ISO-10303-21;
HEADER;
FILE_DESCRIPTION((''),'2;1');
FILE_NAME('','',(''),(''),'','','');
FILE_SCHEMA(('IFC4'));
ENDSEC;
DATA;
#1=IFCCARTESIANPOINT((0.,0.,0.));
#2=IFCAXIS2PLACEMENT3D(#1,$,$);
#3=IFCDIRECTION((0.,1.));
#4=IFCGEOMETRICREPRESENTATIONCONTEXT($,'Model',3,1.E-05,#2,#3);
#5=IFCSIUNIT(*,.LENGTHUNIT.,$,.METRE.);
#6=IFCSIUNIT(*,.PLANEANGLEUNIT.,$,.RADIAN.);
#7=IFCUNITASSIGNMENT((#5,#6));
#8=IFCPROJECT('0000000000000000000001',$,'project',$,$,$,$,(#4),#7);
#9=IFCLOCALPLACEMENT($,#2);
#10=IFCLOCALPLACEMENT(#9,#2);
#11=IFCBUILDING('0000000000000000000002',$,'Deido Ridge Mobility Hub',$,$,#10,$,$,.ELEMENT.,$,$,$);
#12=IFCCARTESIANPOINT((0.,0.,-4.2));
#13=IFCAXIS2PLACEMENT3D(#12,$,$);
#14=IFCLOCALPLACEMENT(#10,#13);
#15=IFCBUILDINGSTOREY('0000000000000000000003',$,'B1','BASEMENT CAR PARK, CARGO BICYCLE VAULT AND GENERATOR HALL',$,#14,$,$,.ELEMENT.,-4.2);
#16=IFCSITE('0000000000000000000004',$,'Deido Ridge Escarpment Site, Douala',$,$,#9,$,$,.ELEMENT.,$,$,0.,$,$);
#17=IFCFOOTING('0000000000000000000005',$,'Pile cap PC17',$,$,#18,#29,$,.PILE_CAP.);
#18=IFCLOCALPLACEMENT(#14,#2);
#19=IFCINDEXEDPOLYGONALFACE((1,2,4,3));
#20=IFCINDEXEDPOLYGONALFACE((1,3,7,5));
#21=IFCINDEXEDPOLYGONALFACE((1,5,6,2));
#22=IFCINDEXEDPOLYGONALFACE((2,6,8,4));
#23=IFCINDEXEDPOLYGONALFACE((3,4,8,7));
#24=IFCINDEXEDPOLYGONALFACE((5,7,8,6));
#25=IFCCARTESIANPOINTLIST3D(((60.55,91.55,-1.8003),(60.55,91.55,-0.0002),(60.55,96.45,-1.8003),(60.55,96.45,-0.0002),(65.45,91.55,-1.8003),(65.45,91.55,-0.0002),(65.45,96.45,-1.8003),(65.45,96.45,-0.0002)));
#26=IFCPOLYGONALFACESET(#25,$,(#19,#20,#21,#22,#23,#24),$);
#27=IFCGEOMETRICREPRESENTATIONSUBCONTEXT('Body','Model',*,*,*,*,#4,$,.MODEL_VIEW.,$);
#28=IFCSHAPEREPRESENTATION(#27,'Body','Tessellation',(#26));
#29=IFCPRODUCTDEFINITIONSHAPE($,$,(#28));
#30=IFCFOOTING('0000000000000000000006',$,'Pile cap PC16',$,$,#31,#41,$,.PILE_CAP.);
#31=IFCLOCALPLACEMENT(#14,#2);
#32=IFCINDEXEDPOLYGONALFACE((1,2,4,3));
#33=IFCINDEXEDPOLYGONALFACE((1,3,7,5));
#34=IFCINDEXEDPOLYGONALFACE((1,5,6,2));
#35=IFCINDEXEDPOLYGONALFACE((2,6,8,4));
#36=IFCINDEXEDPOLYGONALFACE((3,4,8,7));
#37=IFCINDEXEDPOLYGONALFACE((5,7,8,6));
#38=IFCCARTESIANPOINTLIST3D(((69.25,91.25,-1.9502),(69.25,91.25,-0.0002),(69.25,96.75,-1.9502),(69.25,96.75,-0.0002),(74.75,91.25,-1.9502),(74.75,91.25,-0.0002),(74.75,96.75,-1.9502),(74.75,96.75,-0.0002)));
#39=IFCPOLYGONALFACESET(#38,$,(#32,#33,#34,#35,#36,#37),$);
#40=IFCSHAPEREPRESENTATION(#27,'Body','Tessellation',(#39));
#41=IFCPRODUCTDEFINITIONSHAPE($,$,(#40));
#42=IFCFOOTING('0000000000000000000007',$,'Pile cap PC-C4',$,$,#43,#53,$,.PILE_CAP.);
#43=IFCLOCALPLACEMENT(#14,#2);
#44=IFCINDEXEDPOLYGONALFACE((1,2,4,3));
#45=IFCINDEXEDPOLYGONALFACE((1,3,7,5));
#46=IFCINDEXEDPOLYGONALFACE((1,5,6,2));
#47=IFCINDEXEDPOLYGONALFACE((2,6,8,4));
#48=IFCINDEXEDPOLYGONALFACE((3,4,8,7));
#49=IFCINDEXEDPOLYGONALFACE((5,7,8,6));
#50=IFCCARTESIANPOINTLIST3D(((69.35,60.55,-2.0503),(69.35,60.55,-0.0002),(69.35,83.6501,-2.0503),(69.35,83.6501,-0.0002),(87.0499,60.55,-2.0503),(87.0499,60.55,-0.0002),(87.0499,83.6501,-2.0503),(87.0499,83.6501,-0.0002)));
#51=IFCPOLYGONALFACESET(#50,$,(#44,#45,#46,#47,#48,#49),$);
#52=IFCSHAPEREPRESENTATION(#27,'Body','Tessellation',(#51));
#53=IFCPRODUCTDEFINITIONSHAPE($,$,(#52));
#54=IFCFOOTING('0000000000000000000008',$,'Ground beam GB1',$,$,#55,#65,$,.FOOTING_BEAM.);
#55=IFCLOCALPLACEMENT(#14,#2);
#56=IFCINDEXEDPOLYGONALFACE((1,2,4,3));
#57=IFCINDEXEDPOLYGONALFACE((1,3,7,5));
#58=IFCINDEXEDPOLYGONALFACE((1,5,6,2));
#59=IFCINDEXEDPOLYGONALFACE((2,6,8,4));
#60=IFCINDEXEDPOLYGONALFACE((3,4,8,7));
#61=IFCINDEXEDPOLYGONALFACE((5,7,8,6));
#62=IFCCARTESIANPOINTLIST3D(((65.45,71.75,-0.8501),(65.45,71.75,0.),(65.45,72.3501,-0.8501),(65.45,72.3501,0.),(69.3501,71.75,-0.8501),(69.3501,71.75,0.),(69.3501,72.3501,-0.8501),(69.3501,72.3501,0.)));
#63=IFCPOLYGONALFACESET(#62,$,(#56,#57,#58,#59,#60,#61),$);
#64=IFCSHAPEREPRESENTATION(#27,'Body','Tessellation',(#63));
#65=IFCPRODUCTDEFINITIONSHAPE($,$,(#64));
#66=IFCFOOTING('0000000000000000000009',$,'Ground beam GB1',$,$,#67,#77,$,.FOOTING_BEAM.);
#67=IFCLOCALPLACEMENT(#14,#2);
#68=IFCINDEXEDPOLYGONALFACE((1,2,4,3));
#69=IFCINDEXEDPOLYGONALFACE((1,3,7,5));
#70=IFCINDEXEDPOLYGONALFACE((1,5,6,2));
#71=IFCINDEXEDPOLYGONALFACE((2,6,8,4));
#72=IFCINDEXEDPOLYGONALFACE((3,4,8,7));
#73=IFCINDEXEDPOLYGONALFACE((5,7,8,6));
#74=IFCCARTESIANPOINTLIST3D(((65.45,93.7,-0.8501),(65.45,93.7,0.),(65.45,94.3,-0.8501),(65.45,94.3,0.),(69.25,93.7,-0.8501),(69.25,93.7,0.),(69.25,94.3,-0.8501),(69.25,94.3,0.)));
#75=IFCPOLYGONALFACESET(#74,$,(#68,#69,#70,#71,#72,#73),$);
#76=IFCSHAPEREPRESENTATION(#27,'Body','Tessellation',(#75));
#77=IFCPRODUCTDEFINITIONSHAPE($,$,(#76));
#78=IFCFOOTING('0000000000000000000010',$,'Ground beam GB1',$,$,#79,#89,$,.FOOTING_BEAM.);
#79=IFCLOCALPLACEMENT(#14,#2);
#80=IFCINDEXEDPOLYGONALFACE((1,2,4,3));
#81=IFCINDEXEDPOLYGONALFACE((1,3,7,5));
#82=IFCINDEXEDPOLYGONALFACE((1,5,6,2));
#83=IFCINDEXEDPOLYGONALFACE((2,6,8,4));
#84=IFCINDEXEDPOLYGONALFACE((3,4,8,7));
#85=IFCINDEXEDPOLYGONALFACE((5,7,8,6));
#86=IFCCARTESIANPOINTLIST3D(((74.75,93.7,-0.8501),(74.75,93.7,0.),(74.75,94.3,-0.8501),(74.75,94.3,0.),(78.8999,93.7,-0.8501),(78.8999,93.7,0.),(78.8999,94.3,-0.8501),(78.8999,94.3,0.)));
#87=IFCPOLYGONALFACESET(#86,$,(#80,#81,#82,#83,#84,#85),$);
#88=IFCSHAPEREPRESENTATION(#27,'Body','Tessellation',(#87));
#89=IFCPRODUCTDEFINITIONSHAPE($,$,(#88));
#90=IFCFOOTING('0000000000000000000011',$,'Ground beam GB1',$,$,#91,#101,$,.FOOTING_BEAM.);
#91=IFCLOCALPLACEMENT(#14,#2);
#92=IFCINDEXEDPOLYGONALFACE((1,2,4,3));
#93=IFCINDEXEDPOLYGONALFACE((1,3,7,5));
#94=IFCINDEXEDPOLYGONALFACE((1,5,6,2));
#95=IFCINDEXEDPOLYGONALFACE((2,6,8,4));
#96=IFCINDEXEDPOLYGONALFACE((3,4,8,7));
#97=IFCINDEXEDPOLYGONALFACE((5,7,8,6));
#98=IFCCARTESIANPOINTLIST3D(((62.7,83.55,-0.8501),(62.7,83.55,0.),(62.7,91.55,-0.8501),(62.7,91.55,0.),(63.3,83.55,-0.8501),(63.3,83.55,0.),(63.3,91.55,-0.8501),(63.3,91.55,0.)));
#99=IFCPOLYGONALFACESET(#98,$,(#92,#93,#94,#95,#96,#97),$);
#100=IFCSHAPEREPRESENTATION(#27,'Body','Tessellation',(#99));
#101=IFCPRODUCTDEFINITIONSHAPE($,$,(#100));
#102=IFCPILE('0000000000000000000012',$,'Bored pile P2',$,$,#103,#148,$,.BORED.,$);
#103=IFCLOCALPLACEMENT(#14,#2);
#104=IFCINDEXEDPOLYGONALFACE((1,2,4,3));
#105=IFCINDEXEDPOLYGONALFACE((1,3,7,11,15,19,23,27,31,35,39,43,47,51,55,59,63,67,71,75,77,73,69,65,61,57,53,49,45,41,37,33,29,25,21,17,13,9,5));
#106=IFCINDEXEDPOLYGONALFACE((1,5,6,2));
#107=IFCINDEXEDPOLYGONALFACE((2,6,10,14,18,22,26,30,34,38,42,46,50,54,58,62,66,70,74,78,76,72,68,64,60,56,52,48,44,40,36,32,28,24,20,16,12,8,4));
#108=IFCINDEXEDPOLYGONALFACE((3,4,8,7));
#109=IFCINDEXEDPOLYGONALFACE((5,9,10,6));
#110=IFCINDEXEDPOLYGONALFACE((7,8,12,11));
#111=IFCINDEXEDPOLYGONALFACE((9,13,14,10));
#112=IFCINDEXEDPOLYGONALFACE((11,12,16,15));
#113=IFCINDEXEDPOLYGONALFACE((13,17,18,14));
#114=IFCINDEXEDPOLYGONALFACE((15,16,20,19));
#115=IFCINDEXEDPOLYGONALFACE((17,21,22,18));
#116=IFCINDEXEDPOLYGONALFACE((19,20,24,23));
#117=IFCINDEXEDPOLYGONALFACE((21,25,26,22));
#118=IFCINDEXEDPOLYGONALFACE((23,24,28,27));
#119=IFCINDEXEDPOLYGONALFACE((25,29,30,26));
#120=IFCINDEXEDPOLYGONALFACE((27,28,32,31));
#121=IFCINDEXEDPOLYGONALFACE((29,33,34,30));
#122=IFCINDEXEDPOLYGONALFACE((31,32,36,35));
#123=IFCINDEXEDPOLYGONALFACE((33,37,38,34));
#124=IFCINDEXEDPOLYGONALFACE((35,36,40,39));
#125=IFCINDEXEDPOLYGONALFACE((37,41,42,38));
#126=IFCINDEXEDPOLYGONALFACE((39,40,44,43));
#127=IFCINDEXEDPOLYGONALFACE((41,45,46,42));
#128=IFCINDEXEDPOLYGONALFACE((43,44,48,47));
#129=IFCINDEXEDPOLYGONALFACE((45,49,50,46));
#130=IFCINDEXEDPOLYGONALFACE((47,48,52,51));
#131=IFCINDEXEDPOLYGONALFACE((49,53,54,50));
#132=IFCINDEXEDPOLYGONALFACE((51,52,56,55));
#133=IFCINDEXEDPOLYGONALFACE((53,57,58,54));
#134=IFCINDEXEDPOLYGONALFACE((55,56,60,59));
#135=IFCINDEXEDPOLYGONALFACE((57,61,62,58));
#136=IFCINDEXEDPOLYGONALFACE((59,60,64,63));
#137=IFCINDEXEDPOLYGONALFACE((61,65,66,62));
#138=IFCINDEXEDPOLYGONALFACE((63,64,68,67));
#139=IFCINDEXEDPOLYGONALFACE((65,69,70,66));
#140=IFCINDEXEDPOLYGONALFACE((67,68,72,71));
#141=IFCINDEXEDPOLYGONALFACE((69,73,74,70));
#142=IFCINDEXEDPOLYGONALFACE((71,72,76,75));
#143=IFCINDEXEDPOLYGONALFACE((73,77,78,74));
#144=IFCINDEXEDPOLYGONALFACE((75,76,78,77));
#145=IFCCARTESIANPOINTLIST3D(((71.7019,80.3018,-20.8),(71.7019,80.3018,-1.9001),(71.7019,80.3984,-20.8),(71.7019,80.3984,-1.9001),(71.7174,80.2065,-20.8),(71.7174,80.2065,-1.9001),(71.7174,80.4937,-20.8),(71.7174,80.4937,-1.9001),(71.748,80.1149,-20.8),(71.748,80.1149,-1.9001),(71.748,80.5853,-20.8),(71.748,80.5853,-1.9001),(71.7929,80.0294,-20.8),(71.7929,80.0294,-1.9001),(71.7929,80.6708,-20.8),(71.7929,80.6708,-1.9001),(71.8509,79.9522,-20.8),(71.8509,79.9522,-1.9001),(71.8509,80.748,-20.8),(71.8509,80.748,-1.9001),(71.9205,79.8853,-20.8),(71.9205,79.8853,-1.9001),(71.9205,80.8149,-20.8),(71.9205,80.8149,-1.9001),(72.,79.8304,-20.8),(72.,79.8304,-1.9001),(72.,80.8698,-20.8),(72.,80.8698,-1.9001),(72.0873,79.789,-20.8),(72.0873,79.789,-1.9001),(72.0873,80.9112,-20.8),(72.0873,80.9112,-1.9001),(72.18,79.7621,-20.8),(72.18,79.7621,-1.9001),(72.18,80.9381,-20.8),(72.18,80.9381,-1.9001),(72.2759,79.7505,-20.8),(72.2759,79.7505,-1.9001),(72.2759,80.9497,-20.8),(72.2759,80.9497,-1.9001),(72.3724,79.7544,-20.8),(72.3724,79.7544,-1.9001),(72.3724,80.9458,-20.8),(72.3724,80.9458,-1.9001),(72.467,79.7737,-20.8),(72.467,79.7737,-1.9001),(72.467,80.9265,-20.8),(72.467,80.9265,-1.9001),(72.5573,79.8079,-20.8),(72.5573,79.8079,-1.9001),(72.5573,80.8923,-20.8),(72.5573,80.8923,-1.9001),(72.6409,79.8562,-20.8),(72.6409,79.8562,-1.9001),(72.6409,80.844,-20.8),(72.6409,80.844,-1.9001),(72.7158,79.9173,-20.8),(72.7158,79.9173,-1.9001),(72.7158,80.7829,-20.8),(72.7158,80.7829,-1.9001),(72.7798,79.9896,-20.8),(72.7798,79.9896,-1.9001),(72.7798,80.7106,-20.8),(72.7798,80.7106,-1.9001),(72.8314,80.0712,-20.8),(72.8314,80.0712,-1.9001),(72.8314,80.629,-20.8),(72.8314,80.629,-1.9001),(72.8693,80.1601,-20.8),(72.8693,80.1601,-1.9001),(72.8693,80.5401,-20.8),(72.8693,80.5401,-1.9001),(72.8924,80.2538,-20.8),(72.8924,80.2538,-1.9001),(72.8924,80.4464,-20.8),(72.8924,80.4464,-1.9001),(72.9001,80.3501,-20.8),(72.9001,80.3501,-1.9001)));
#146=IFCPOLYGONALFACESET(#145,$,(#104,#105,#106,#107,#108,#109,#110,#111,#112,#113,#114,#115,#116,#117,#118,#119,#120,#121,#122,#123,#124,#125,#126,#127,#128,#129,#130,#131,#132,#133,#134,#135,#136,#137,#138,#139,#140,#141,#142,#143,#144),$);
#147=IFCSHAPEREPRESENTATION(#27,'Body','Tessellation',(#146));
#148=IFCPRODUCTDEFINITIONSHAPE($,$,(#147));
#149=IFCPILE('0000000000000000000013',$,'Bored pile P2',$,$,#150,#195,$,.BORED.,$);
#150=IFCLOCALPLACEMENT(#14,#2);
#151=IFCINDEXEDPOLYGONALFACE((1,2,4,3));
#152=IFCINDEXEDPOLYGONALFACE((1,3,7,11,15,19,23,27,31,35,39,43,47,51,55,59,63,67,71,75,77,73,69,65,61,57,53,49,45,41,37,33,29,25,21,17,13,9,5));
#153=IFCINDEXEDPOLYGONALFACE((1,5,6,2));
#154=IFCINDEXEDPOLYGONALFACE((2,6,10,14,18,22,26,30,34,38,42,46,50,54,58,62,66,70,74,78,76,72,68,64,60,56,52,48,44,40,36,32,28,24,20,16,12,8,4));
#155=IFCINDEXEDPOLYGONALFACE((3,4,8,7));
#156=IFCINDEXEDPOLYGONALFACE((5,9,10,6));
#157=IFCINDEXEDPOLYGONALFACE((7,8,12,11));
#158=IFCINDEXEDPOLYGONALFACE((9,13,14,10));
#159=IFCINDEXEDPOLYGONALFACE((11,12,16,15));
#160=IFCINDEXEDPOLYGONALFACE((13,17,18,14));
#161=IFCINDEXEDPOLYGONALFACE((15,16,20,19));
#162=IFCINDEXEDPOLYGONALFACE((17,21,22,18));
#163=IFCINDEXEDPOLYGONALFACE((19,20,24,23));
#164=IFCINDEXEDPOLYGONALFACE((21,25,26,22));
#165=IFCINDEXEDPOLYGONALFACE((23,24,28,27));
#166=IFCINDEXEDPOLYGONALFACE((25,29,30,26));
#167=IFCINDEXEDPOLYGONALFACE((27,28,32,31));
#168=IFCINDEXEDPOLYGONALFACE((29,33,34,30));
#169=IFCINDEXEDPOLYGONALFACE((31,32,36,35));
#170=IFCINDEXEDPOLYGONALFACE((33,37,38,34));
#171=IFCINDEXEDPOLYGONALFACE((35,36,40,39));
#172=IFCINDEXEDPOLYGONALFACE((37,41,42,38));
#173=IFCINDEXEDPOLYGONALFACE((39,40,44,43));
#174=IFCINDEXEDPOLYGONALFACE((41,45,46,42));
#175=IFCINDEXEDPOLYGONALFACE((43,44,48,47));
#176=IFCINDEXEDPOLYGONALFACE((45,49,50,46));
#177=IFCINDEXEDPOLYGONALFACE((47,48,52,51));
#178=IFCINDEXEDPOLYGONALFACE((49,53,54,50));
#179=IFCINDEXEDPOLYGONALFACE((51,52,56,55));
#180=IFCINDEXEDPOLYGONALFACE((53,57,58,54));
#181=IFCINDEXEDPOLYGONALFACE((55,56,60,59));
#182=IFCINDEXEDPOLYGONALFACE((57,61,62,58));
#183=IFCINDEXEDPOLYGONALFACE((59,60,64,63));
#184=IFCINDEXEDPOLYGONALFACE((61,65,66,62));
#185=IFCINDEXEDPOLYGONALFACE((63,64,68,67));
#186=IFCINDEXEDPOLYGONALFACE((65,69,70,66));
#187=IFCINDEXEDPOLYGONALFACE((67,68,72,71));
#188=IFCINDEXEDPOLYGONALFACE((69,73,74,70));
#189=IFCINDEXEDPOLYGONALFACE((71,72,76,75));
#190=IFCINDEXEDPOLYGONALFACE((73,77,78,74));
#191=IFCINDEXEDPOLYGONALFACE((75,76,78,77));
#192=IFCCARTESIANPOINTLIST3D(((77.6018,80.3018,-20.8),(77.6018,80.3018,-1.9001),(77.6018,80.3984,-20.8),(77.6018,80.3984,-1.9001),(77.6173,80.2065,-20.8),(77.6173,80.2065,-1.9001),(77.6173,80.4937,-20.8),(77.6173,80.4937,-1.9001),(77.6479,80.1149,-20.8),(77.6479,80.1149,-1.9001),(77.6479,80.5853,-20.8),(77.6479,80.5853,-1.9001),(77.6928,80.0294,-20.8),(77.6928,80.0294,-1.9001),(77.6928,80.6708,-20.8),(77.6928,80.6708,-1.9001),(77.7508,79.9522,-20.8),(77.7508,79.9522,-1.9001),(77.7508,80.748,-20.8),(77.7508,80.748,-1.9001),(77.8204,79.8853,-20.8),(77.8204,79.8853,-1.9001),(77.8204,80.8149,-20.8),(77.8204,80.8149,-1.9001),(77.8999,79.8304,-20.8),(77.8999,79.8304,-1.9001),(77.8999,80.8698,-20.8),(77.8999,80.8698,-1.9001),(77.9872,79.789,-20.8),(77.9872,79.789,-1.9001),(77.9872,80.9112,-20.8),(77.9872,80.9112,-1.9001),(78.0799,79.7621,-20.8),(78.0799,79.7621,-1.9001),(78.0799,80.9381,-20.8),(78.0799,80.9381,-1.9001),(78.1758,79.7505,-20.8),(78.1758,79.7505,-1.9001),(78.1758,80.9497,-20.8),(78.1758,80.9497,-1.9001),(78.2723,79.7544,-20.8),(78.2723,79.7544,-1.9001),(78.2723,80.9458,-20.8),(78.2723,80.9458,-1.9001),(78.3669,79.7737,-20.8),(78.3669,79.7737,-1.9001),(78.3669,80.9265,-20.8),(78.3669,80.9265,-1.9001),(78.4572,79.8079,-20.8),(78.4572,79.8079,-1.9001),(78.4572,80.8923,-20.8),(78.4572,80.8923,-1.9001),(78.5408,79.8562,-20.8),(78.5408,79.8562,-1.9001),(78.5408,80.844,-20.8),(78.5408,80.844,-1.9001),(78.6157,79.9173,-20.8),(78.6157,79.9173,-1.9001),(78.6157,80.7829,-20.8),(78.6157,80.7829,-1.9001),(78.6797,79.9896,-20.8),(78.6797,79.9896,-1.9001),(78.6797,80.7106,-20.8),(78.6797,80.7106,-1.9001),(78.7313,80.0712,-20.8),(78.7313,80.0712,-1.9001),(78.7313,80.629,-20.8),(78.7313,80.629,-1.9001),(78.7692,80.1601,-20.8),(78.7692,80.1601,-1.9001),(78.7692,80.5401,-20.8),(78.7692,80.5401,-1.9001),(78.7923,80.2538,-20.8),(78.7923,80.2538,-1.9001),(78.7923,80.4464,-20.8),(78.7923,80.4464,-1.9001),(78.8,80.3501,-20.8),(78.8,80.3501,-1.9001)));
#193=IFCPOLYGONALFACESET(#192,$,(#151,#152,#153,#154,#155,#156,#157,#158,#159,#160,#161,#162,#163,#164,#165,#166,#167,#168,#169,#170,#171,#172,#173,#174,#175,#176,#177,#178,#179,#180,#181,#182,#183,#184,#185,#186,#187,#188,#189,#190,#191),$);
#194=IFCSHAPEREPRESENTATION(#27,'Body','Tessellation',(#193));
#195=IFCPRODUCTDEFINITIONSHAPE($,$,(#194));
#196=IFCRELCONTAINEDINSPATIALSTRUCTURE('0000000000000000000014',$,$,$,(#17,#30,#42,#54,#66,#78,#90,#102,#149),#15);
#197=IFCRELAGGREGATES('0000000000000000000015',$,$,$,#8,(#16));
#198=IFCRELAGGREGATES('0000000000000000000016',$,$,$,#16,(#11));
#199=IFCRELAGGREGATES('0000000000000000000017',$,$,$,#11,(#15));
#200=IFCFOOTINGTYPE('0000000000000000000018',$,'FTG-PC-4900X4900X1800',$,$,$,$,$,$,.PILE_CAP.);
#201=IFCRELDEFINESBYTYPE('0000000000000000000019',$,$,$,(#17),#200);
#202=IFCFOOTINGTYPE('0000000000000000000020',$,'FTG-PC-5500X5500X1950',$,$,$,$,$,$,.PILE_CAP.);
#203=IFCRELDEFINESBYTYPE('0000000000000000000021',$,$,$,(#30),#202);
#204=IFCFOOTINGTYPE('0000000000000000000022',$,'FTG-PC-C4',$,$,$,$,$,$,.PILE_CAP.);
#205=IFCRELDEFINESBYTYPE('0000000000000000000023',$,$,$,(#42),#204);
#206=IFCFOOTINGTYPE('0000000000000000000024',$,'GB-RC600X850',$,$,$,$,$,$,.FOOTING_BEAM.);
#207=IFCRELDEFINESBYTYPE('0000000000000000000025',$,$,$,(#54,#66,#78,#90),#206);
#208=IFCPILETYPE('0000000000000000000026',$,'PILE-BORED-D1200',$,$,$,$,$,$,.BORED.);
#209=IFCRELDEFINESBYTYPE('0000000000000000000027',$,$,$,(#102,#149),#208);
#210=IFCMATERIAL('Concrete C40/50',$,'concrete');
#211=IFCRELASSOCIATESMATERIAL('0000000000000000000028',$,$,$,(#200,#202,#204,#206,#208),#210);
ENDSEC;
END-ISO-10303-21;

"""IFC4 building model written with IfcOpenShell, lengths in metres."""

from ifc_helpers import new_model, si_unit, direction, frame, origin, origin_2d, place, context, subcontext, project, spatial, rectangle, circle, extrude, material, material_profile, profile_set, type_object, element, save


model = new_model("IFC4")

# Units and contexts
model_context = context("Model", 3, precision=1e-05, world=origin(), true_north=direction((0.0, 1.0)))
body_context = subcontext(model_context, "Body", "Model", "MODEL_VIEW")
ifc_project = project(units=[si_unit("LENGTHUNIT", "METRE"), si_unit("PLANEANGLEUNIT", "RADIAN")], contexts=[model_context])

# Site, building, storey
site_placement = place(None, origin())
site = spatial("IfcSite", under=ifc_project, at=site_placement, Name="Deido Ridge Escarpment Site, Douala", CompositionType="ELEMENT", RefElevation=0.0)
building_placement = place(site_placement, origin())
building = spatial("IfcBuilding", under=site, at=building_placement, Name="Deido Ridge Mobility Hub", CompositionType="ELEMENT")
storey_placement = place(building_placement, frame((0.0, 0.0, -4.2)))
storey = spatial("IfcBuildingStorey", under=building, at=storey_placement, Name="B1", Description="BASEMENT CAR PARK, CARGO BICYCLE VAULT AND GENERATOR HALL", CompositionType="ELEMENT", Elevation=-4.2)

# Footings
ifc_material_1 = material(Name="Concrete C40/50", Category="concrete")
footing_type_1 = type_object("IfcFootingType", Name="FTG-PC-4900X4900X1800", PredefinedType="PILE_CAP", material=ifc_material_1)
footing_1_placement = place(storey_placement, frame((63.0, 94.0, -1.8003), z_axis=(0.0, 0.0, 1.0), x_axis=(1.0, 0.0, 0.0)))
element("IfcFooting", 1, at=footing_1_placement, inside=storey, type_object=footing_type_1, Name="Pile cap PC17", PredefinedType="PILE_CAP", context=body_context, shape_type="SweptSolid", body=[
    extrude(rectangle(XDim=4.8999, YDim=4.8999, at=origin_2d()), origin(), (0.0, 0.0, 1.0), 1.8),
])
footing_type_2 = type_object("IfcFootingType", Name="FTG-PC-5500X5500X1950", PredefinedType="PILE_CAP", material=ifc_material_1)
footing_2_placement = place(storey_placement, frame((72.0, 94.0, -1.9502), z_axis=(0.0, 0.0, 1.0), x_axis=(1.0, 0.0, 0.0)))
element("IfcFooting", 2, at=footing_2_placement, inside=storey, type_object=footing_type_2, Name="Pile cap PC16", PredefinedType="PILE_CAP", context=body_context, shape_type="SweptSolid", body=[
    extrude(rectangle(XDim=5.5, YDim=5.5, at=origin_2d()), origin(), (0.0, 0.0, 1.0), 1.95),
])
footing_type_3 = type_object("IfcFootingType", Name="FTG-PC-C4", PredefinedType="PILE_CAP", material=ifc_material_1)
footing_3_placement = place(storey_placement, frame((78.2, 72.1001, -2.0503), z_axis=(0.0, 0.0, 1.0), x_axis=(1.0, 0.0, 0.0)))
element("IfcFooting", 3, at=footing_3_placement, inside=storey, type_object=footing_type_3, Name="Pile cap PC-C4", PredefinedType="PILE_CAP", context=body_context, shape_type="SweptSolid", body=[
    extrude(rectangle(XDim=17.7, YDim=23.1001, at=origin_2d()), origin(), (0.0, 0.0, 1.0), 2.05),
])
ifc_material_profile_1 = material_profile(ifc_material_1, rectangle(XDim=0.6001, YDim=0.8501, at=origin_2d()), Name="RC GB 600x850")
ifc_profile_set_1 = profile_set([ifc_material_profile_1], Name="Concrete C40/50")
footing_type_4 = type_object("IfcFootingType", Name="GB-RC600X850", PredefinedType="FOOTING_BEAM", material=ifc_profile_set_1)
footing_4_placement = place(storey_placement, frame((65.45, 72.05, -0.425), z_axis=(1.0, 0.0, 0.0), x_axis=(0.0, 1.0, 0.0)))
element("IfcFooting", 4, at=footing_4_placement, inside=storey, type_object=footing_type_4, Name="Ground beam GB1", PredefinedType="FOOTING_BEAM", context=body_context, shape_type="SweptSolid", body=[
    extrude(rectangle(XDim=0.6001, YDim=0.8501, at=origin_2d()), origin(), (0.0, 0.0, 1.0), 3.9001),
])
footing_5_placement = place(storey_placement, frame((65.45, 94.0, -0.425), z_axis=(1.0, 0.0, 0.0), x_axis=(0.0, 1.0, 0.0)))
element("IfcFooting", 5, at=footing_5_placement, inside=storey, type_object=footing_type_4, Name="Ground beam GB1", PredefinedType="FOOTING_BEAM", context=body_context, shape_type="SweptSolid", body=[
    extrude(rectangle(XDim=0.6001, YDim=0.8501, at=origin_2d()), origin(), (0.0, 0.0, 1.0), 3.8),
])
footing_6_placement = place(storey_placement, frame((74.75, 94.0, -0.425), z_axis=(1.0, 0.0, 0.0), x_axis=(0.0, 1.0, 0.0)))
element("IfcFooting", 6, at=footing_6_placement, inside=storey, type_object=footing_type_4, Name="Ground beam GB1", PredefinedType="FOOTING_BEAM", context=body_context, shape_type="SweptSolid", body=[
    extrude(rectangle(XDim=0.6001, YDim=0.8501, at=origin_2d()), origin(), (0.0, 0.0, 1.0), 4.1499),
])
footing_7_placement = place(storey_placement, frame((63.0, 83.55, -0.425), z_axis=(0.0, 1.0, 0.0), x_axis=(-1.0, 0.0, 0.0)))
element("IfcFooting", 7, at=footing_7_placement, inside=storey, type_object=footing_type_4, Name="Ground beam GB1", PredefinedType="FOOTING_BEAM", context=body_context, shape_type="SweptSolid", body=[
    extrude(rectangle(XDim=0.6001, YDim=0.8501, at=origin_2d()), origin(), (0.0, 0.0, 1.0), 8.0),
])

# Piles
ifc_material_profile_2 = material_profile(ifc_material_1, circle(Radius=0.6001, at=origin_2d()), Name="BORED PILE D1200")
ifc_profile_set_2 = profile_set([ifc_material_profile_2], Name="Concrete C40/50")
pile_type_1 = type_object("IfcPileType", Name="PILE-BORED-D1200", PredefinedType="BORED", material=ifc_profile_set_2)
for number, where, z_axis, x_axis, name in (
    (8, (72.3, 80.3501, -1.9001), (0.0, 0.0, -1.0), (1.0, 0.0, 0.0), "Bored pile P2"),
    (9, (78.2, 80.3501, -1.9001), (0.0, 0.0, -1.0), (1.0, 0.0, 0.0), "Bored pile P2"),
):
    element("IfcPile", number, at=place(storey_placement, frame(where, z_axis=z_axis, x_axis=x_axis)), inside=storey, type_object=pile_type_1, Name=name, PredefinedType="BORED", context=body_context, shape_type="SweptSolid", body=[
        extrude(circle(Radius=0.6001, at=origin_2d()), origin(), (0.0, 0.0, 1.0), 18.8999),
    ])

save(model, "model.ifc")
